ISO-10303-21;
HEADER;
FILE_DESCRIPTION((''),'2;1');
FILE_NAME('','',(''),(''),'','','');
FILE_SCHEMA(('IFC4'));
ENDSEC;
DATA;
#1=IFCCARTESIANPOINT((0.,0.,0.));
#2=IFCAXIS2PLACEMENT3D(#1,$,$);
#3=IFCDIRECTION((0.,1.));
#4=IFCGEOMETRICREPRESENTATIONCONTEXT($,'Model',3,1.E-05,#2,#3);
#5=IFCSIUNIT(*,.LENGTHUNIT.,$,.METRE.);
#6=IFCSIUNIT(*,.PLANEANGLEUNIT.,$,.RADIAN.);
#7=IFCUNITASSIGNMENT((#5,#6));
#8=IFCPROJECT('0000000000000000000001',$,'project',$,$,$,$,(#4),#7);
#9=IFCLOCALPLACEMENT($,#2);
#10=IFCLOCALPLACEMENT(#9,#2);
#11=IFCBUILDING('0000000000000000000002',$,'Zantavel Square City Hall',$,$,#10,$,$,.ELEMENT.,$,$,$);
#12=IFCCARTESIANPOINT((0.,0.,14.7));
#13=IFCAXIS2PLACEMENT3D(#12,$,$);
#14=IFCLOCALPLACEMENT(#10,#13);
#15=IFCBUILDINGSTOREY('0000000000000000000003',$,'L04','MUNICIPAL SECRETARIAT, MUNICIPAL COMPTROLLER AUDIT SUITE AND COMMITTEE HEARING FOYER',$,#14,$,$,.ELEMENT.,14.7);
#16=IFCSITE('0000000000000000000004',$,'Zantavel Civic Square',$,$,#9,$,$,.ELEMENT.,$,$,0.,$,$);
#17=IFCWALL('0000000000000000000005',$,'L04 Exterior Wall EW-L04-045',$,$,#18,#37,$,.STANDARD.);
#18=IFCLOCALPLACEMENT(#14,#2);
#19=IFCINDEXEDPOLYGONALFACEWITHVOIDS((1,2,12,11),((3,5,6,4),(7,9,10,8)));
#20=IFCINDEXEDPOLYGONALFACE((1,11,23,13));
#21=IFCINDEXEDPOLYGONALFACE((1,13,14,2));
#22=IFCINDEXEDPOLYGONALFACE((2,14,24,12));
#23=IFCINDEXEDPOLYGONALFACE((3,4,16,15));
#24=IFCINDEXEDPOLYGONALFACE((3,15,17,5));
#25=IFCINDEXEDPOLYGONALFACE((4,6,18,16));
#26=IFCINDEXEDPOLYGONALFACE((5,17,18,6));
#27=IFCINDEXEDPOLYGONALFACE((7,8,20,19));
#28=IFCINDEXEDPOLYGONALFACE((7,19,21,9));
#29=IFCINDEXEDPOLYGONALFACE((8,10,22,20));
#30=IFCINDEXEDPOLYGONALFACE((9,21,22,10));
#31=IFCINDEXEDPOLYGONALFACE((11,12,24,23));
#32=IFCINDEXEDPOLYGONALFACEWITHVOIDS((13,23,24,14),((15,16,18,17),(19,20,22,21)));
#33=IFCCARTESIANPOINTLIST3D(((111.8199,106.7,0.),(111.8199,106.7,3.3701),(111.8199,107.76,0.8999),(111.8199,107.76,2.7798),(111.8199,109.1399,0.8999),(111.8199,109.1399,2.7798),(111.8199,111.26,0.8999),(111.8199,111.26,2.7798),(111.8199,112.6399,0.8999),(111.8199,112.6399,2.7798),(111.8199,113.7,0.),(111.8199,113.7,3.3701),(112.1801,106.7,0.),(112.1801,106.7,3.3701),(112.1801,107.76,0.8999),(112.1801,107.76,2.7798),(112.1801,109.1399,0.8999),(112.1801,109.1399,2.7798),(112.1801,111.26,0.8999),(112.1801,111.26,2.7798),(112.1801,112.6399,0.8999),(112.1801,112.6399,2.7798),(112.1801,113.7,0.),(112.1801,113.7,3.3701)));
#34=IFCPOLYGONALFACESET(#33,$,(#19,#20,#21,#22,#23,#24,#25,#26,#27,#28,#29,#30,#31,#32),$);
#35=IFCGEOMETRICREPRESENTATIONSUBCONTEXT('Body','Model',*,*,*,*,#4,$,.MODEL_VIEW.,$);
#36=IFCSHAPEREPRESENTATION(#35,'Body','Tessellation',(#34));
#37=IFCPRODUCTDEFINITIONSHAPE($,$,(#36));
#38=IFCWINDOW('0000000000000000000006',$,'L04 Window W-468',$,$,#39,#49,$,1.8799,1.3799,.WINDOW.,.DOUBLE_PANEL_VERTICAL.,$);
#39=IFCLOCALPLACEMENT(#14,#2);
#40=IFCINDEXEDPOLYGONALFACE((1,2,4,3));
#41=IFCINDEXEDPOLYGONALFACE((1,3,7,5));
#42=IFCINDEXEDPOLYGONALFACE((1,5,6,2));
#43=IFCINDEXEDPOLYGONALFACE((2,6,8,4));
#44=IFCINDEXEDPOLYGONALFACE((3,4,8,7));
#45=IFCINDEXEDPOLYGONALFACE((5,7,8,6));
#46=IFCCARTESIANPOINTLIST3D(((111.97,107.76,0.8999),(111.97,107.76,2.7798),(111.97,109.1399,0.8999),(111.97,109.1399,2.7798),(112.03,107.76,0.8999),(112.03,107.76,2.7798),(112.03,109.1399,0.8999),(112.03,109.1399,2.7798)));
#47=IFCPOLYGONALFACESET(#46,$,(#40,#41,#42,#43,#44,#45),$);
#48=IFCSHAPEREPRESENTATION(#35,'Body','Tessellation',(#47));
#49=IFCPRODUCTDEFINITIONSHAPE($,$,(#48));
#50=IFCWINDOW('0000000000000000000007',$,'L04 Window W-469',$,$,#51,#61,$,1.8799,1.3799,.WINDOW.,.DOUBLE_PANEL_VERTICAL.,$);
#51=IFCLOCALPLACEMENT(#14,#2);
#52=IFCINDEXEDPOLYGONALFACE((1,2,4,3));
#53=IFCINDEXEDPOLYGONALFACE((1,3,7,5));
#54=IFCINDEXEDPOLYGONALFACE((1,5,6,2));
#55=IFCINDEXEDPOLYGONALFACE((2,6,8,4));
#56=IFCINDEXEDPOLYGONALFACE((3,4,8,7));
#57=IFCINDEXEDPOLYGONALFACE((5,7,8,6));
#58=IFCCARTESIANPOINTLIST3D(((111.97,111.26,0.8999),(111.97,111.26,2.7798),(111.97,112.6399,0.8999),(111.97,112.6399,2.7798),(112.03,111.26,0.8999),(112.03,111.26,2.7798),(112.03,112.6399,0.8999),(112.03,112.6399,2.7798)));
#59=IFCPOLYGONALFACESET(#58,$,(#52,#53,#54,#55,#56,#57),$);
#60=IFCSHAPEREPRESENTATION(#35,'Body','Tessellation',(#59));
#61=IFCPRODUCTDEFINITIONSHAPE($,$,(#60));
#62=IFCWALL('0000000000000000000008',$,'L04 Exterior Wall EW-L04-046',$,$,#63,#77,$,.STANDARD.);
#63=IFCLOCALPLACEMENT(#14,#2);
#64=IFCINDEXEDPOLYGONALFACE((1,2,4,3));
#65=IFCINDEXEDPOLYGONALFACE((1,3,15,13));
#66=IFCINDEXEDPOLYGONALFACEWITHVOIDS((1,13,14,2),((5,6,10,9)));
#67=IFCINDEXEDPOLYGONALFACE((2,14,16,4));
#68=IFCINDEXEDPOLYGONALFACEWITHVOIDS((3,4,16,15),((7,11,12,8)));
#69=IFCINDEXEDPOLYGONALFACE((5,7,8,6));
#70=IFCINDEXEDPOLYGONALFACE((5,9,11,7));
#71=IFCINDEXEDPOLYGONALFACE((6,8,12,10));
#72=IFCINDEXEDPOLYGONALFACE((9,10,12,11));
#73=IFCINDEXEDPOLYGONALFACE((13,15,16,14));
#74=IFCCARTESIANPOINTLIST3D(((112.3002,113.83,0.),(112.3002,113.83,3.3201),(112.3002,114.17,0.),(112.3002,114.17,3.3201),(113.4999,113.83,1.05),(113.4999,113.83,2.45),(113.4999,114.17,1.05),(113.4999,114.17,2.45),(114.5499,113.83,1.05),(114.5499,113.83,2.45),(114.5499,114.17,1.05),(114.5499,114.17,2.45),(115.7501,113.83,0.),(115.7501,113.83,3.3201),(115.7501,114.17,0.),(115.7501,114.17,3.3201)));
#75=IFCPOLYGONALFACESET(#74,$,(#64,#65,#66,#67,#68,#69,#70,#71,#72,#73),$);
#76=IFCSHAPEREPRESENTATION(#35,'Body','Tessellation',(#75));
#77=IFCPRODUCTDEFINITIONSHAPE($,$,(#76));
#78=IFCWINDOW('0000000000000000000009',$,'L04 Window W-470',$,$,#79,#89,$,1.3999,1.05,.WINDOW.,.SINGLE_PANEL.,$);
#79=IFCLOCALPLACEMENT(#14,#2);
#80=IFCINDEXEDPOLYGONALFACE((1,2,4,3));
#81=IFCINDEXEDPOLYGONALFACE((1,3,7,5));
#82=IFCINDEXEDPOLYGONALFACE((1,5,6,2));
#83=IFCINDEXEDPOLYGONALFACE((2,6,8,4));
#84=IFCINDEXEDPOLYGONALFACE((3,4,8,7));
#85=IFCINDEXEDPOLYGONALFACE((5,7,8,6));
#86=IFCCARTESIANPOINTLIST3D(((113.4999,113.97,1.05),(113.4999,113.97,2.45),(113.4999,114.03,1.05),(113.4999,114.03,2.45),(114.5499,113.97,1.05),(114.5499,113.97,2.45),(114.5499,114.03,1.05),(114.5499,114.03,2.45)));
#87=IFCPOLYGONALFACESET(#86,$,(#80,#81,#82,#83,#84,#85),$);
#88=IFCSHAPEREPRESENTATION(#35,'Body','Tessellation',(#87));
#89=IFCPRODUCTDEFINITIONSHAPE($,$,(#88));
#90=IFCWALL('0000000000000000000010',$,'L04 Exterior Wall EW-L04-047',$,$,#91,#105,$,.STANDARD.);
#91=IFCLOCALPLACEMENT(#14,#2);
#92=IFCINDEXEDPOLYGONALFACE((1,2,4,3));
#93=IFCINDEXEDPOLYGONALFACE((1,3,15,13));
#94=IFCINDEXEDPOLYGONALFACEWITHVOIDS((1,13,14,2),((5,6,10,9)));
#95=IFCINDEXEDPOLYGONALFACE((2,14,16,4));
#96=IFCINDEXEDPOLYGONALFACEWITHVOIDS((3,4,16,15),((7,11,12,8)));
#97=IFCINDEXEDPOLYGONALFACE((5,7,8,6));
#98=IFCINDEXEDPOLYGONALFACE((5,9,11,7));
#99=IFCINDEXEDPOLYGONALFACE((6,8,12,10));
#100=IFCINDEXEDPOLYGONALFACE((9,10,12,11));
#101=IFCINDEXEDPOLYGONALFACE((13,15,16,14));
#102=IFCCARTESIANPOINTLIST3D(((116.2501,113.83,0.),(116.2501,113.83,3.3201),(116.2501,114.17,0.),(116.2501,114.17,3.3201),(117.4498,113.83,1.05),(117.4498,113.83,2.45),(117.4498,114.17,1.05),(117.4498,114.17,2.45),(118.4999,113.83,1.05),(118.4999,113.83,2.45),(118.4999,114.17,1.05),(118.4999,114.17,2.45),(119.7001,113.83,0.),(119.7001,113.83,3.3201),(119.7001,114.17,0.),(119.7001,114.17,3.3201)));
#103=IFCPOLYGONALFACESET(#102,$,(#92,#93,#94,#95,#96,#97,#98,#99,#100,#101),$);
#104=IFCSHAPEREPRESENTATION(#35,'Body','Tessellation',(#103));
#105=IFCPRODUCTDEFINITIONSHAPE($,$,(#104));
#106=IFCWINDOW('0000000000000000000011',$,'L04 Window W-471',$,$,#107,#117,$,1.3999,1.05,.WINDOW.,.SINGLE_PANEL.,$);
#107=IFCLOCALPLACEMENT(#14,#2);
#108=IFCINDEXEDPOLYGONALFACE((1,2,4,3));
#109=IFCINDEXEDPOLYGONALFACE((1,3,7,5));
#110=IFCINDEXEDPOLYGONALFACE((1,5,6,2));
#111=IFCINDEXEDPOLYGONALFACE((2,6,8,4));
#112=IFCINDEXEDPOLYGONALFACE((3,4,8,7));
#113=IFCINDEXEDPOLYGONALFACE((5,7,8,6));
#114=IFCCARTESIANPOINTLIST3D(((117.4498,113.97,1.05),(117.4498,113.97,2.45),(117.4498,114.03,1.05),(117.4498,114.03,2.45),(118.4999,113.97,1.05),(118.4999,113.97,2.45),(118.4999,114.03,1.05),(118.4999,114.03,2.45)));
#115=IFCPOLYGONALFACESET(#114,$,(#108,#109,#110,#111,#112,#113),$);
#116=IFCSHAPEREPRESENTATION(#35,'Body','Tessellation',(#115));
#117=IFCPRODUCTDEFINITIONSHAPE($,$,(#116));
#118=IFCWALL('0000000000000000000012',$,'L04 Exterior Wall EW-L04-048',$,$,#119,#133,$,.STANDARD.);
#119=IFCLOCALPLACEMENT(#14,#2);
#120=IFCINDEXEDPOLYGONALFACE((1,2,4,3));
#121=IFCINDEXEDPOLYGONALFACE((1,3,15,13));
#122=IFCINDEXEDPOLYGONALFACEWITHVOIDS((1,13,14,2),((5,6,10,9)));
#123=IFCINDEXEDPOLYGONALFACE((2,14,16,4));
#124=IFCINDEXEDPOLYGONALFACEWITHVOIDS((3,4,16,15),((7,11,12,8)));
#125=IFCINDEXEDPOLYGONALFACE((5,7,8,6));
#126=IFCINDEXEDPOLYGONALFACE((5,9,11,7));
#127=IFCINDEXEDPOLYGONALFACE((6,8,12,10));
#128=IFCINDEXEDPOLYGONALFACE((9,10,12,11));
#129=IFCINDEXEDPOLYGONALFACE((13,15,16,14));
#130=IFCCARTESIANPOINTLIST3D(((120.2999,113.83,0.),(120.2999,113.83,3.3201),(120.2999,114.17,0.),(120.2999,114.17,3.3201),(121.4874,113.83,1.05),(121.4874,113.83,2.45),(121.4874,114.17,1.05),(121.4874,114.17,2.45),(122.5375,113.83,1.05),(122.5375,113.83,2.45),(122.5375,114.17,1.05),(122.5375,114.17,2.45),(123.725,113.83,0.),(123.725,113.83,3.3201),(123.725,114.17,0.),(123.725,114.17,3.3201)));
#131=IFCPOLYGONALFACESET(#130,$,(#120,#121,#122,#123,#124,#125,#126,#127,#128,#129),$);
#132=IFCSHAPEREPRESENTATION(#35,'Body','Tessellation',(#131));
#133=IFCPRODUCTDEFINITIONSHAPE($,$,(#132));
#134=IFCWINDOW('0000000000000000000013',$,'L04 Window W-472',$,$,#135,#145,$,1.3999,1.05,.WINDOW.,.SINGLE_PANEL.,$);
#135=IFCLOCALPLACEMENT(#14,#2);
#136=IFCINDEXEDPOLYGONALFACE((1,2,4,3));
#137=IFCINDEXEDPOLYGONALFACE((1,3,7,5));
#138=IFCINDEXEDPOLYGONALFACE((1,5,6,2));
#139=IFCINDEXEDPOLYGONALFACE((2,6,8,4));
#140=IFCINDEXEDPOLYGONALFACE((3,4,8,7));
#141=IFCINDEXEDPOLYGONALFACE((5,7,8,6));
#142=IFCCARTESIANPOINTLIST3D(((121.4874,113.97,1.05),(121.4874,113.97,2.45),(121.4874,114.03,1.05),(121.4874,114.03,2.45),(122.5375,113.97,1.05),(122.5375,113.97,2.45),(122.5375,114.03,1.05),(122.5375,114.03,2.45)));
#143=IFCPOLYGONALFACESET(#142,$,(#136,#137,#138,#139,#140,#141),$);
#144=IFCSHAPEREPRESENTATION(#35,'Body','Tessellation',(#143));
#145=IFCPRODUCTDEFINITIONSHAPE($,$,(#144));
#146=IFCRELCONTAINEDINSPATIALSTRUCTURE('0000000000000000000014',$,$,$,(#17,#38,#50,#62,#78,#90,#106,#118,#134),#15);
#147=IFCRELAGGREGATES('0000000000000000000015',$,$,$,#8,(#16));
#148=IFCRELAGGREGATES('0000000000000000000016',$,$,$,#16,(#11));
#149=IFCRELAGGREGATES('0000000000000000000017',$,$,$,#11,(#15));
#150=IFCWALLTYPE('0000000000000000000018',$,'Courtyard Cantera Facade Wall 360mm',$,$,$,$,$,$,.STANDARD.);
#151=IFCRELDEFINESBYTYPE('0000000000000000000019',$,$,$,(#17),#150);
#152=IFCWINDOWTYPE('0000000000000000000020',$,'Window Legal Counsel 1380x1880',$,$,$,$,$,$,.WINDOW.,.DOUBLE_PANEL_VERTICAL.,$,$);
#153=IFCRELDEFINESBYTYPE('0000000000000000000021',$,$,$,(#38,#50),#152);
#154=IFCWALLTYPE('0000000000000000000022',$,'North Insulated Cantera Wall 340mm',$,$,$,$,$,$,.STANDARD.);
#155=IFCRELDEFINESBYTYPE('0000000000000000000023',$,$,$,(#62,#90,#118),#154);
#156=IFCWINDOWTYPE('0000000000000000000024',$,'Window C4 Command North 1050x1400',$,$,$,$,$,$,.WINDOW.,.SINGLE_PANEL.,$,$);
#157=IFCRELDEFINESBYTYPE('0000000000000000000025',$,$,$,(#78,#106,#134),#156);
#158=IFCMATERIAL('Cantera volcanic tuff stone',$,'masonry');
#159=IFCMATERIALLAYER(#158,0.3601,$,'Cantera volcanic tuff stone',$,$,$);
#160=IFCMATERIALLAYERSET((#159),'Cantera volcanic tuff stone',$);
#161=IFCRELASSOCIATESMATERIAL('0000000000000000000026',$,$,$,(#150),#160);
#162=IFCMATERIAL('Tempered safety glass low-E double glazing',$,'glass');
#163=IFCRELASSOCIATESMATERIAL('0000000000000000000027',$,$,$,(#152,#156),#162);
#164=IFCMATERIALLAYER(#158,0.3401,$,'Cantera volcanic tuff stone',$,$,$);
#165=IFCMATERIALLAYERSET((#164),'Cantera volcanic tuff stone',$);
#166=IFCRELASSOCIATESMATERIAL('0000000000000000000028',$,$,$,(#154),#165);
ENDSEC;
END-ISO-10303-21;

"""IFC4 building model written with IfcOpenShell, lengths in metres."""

from ifc_helpers import new_model, si_unit, direction, frame, frame_2d, origin, place, context, subcontext, project, spatial, rectangle, extrude, material, layer, layer_set, type_object, element, fill, save


model = new_model("IFC4")

# Units and contexts
model_context = context("Model", 3, precision=1e-05, world=origin(), true_north=direction((0.0, 1.0)))
body_context = subcontext(model_context, "Body", "Model", "MODEL_VIEW")
ifc_project = project(units=[si_unit("LENGTHUNIT", "METRE"), si_unit("PLANEANGLEUNIT", "RADIAN")], contexts=[model_context])

# Site, building, storey
site_placement = place(None, origin())
site = spatial("IfcSite", under=ifc_project, at=site_placement, Name="Zantavel Civic Square", CompositionType="ELEMENT", RefElevation=0.0)
building_placement = place(site_placement, origin())
building = spatial("IfcBuilding", under=site, at=building_placement, Name="Zantavel Square City Hall", CompositionType="ELEMENT")
storey_placement = place(building_placement, frame((0.0, 0.0, 14.7)))
storey = spatial("IfcBuildingStorey", under=building, at=storey_placement, Name="L04", Description="MUNICIPAL SECRETARIAT, MUNICIPAL COMPTROLLER AUDIT SUITE AND COMMITTEE HEARING FOYER", CompositionType="ELEMENT", Elevation=14.7)

# Wall, openings, windows
ifc_material_1 = material(Name="Cantera volcanic tuff stone", Category="masonry")
ifc_layer_1 = layer(ifc_material_1, 0.3601, Name="Cantera volcanic tuff stone")
ifc_layer_set_1 = layer_set([ifc_layer_1], Name="Cantera volcanic tuff stone")
wall_type_1 = type_object("IfcWallType", Name="Courtyard Cantera Facade Wall 360mm", PredefinedType="STANDARD", material=ifc_layer_set_1)
wall_1_placement = place(storey_placement, frame((112.0, 106.7, 0.0), z_axis=(0.0, 0.0, 1.0), x_axis=(0.0, 1.0, 0.0)))
wall_1 = element("IfcWall", 1, at=wall_1_placement, inside=storey, type_object=wall_type_1, Name="L04 Exterior Wall EW-L04-045", PredefinedType="STANDARD", context=body_context, shape_type="SweptSolid", body=[
    extrude(rectangle(XDim=7.0, YDim=0.3601, at=frame_2d((3.5, 0.0))), origin(), (0.0, 0.0, 1.0), 3.3701),
])
opening_1_placement = place(wall_1_placement, frame((1.0601, 0.0, 0.8999)))
opening_1 = element("IfcOpeningElement", 2, at=opening_1_placement, cuts=wall_1, PredefinedType="OPENING", context=body_context, shape_type="SweptSolid", body=[
    extrude(rectangle(XDim=1.3799, YDim=1.8799, at=frame_2d((0.6899, 0.9399))), frame((0.0, 0.1899, 0.0), z_axis=(0.0, -1.0, 0.0), x_axis=(1.0, 0.0, 0.0)), (0.0, 0.0, 1.0), 0.3801),
])
opening_2_placement = place(wall_1_placement, frame((4.5601, 0.0, 0.8999)))
opening_2 = element("IfcOpeningElement", 3, at=opening_2_placement, cuts=wall_1, PredefinedType="OPENING", context=body_context, shape_type="SweptSolid", body=[
    extrude(rectangle(XDim=1.3799, YDim=1.8799, at=frame_2d((0.6899, 0.9399))), frame((0.0, 0.1899, 0.0), z_axis=(0.0, -1.0, 0.0), x_axis=(1.0, 0.0, 0.0)), (0.0, 0.0, 1.0), 0.3801),
])
ifc_material_2 = material(Name="Tempered safety glass low-E double glazing", Category="glass")
window_type_1 = type_object("IfcWindowType", Name="Window Legal Counsel 1380x1880", PartitioningType="DOUBLE_PANEL_VERTICAL", PredefinedType="WINDOW", material=ifc_material_2)
window_1_placement = place(opening_1_placement, origin())
window_1 = element("IfcWindow", 4, at=window_1_placement, inside=storey, type_object=window_type_1, Name="L04 Window W-468", OverallHeight=1.8799, OverallWidth=1.3799, PartitioningType="DOUBLE_PANEL_VERTICAL", PredefinedType="WINDOW", context=body_context, shape_type="SweptSolid", body=[
    extrude(rectangle(XDim=1.3799, YDim=1.8799, at=frame_2d((0.6899, 0.9399))), frame((0.0, 0.03, 0.0), z_axis=(0.0, -1.0, 0.0), x_axis=(1.0, 0.0, 0.0)), (0.0, 0.0, 1.0), 0.0601),
])
fill(opening_1, window_1)
window_2_placement = place(opening_2_placement, origin())
window_2 = element("IfcWindow", 5, at=window_2_placement, inside=storey, type_object=window_type_1, Name="L04 Window W-469", OverallHeight=1.8799, OverallWidth=1.3799, PartitioningType="DOUBLE_PANEL_VERTICAL", PredefinedType="WINDOW", context=body_context, shape_type="SweptSolid", body=[
    extrude(rectangle(XDim=1.3799, YDim=1.8799, at=frame_2d((0.6899, 0.9399))), frame((0.0, 0.03, 0.0), z_axis=(0.0, -1.0, 0.0), x_axis=(1.0, 0.0, 0.0)), (0.0, 0.0, 1.0), 0.0601),
])
fill(opening_2, window_2)

# Walls, openings, windows
ifc_layer_2 = layer(ifc_material_1, 0.3401, Name="Cantera volcanic tuff stone")
ifc_layer_set_2 = layer_set([ifc_layer_2], Name="Cantera volcanic tuff stone")
wall_type_2 = type_object("IfcWallType", Name="North Insulated Cantera Wall 340mm", PredefinedType="STANDARD", material=ifc_layer_set_2)
wall_2_placement = place(storey_placement, frame((112.3, 114.0, 0.0), z_axis=(0.0, 0.0, 1.0), x_axis=(1.0, 0.0, 0.0)))
wall_2 = element("IfcWall", 6, at=wall_2_placement, inside=storey, type_object=wall_type_2, Name="L04 Exterior Wall EW-L04-046", PredefinedType="STANDARD", context=body_context, shape_type="SweptSolid", body=[
    extrude(rectangle(XDim=3.45, YDim=0.3401, at=frame_2d((1.7251, 0.0))), origin(), (0.0, 0.0, 1.0), 3.3201),
])
opening_3_placement = place(wall_2_placement, frame((1.2, 0.0, 1.05)))
opening_3 = element("IfcOpeningElement", 7, at=opening_3_placement, cuts=wall_2, PredefinedType="OPENING", context=body_context, shape_type="SweptSolid", body=[
    extrude(rectangle(XDim=1.05, YDim=1.3999, at=frame_2d((0.5249, 0.7))), frame((0.0, 0.1799, 0.0), z_axis=(0.0, -1.0, 0.0), x_axis=(1.0, 0.0, 0.0)), (0.0, 0.0, 1.0), 0.3601),
])
window_type_2 = type_object("IfcWindowType", Name="Window C4 Command North 1050x1400", PartitioningType="SINGLE_PANEL", PredefinedType="WINDOW", material=ifc_material_2)
window_3_placement = place(opening_3_placement, origin())
window_3 = element("IfcWindow", 8, at=window_3_placement, inside=storey, type_object=window_type_2, Name="L04 Window W-470", OverallHeight=1.3999, OverallWidth=1.05, PartitioningType="SINGLE_PANEL", PredefinedType="WINDOW", context=body_context, shape_type="SweptSolid", body=[
    extrude(rectangle(XDim=1.05, YDim=1.3999, at=frame_2d((0.5249, 0.7))), frame((0.0, 0.03, 0.0), z_axis=(0.0, -1.0, 0.0), x_axis=(1.0, 0.0, 0.0)), (0.0, 0.0, 1.0), 0.0601),
])
fill(opening_3, window_3)
wall_3_placement = place(storey_placement, frame((116.25, 114.0, 0.0), z_axis=(0.0, 0.0, 1.0), x_axis=(1.0, 0.0, 0.0)))
wall_3 = element("IfcWall", 9, at=wall_3_placement, inside=storey, type_object=wall_type_2, Name="L04 Exterior Wall EW-L04-047", PredefinedType="STANDARD", context=body_context, shape_type="SweptSolid", body=[
    extrude(rectangle(XDim=3.45, YDim=0.3401, at=frame_2d((1.7251, 0.0))), origin(), (0.0, 0.0, 1.0), 3.3201),
])
opening_4_placement = place(wall_3_placement, frame((1.2, 0.0, 1.05)))
opening_4 = element("IfcOpeningElement", 10, at=opening_4_placement, cuts=wall_3, PredefinedType="OPENING", context=body_context, shape_type="SweptSolid", body=[
    extrude(rectangle(XDim=1.05, YDim=1.3999, at=frame_2d((0.5249, 0.7))), frame((0.0, 0.1799, 0.0), z_axis=(0.0, -1.0, 0.0), x_axis=(1.0, 0.0, 0.0)), (0.0, 0.0, 1.0), 0.3601),
])
window_4_placement = place(opening_4_placement, origin())
window_4 = element("IfcWindow", 11, at=window_4_placement, inside=storey, type_object=window_type_2, Name="L04 Window W-471", OverallHeight=1.3999, OverallWidth=1.05, PartitioningType="SINGLE_PANEL", PredefinedType="WINDOW", context=body_context, shape_type="SweptSolid", body=[
    extrude(rectangle(XDim=1.05, YDim=1.3999, at=frame_2d((0.5249, 0.7))), frame((0.0, 0.03, 0.0), z_axis=(0.0, -1.0, 0.0), x_axis=(1.0, 0.0, 0.0)), (0.0, 0.0, 1.0), 0.0601),
])
fill(opening_4, window_4)
wall_4_placement = place(storey_placement, frame((120.3, 114.0, 0.0), z_axis=(0.0, 0.0, 1.0), x_axis=(1.0, 0.0, 0.0)))
wall_4 = element("IfcWall", 12, at=wall_4_placement, inside=storey, type_object=wall_type_2, Name="L04 Exterior Wall EW-L04-048", PredefinedType="STANDARD", context=body_context, shape_type="SweptSolid", body=[
    extrude(rectangle(XDim=3.425, YDim=0.3401, at=frame_2d((1.7124, 0.0))), origin(), (0.0, 0.0, 1.0), 3.3201),
])
opening_5_placement = place(wall_4_placement, frame((1.1875, 0.0, 1.05)))
opening_5 = element("IfcOpeningElement", 13, at=opening_5_placement, cuts=wall_4, PredefinedType="OPENING", context=body_context, shape_type="SweptSolid", body=[
    extrude(rectangle(XDim=1.05, YDim=1.3999, at=frame_2d((0.5249, 0.7))), frame((0.0, 0.1799, 0.0), z_axis=(0.0, -1.0, 0.0), x_axis=(1.0, 0.0, 0.0)), (0.0, 0.0, 1.0), 0.3601),
])
window_5_placement = place(opening_5_placement, origin())
window_5 = element("IfcWindow", 14, at=window_5_placement, inside=storey, type_object=window_type_2, Name="L04 Window W-472", OverallHeight=1.3999, OverallWidth=1.05, PartitioningType="SINGLE_PANEL", PredefinedType="WINDOW", context=body_context, shape_type="SweptSolid", body=[
    extrude(rectangle(XDim=1.05, YDim=1.3999, at=frame_2d((0.5249, 0.7))), frame((0.0, 0.03, 0.0), z_axis=(0.0, -1.0, 0.0), x_axis=(1.0, 0.0, 0.0)), (0.0, 0.0, 1.0), 0.0601),
])
fill(opening_5, window_5)

save(model, "model.ifc")
